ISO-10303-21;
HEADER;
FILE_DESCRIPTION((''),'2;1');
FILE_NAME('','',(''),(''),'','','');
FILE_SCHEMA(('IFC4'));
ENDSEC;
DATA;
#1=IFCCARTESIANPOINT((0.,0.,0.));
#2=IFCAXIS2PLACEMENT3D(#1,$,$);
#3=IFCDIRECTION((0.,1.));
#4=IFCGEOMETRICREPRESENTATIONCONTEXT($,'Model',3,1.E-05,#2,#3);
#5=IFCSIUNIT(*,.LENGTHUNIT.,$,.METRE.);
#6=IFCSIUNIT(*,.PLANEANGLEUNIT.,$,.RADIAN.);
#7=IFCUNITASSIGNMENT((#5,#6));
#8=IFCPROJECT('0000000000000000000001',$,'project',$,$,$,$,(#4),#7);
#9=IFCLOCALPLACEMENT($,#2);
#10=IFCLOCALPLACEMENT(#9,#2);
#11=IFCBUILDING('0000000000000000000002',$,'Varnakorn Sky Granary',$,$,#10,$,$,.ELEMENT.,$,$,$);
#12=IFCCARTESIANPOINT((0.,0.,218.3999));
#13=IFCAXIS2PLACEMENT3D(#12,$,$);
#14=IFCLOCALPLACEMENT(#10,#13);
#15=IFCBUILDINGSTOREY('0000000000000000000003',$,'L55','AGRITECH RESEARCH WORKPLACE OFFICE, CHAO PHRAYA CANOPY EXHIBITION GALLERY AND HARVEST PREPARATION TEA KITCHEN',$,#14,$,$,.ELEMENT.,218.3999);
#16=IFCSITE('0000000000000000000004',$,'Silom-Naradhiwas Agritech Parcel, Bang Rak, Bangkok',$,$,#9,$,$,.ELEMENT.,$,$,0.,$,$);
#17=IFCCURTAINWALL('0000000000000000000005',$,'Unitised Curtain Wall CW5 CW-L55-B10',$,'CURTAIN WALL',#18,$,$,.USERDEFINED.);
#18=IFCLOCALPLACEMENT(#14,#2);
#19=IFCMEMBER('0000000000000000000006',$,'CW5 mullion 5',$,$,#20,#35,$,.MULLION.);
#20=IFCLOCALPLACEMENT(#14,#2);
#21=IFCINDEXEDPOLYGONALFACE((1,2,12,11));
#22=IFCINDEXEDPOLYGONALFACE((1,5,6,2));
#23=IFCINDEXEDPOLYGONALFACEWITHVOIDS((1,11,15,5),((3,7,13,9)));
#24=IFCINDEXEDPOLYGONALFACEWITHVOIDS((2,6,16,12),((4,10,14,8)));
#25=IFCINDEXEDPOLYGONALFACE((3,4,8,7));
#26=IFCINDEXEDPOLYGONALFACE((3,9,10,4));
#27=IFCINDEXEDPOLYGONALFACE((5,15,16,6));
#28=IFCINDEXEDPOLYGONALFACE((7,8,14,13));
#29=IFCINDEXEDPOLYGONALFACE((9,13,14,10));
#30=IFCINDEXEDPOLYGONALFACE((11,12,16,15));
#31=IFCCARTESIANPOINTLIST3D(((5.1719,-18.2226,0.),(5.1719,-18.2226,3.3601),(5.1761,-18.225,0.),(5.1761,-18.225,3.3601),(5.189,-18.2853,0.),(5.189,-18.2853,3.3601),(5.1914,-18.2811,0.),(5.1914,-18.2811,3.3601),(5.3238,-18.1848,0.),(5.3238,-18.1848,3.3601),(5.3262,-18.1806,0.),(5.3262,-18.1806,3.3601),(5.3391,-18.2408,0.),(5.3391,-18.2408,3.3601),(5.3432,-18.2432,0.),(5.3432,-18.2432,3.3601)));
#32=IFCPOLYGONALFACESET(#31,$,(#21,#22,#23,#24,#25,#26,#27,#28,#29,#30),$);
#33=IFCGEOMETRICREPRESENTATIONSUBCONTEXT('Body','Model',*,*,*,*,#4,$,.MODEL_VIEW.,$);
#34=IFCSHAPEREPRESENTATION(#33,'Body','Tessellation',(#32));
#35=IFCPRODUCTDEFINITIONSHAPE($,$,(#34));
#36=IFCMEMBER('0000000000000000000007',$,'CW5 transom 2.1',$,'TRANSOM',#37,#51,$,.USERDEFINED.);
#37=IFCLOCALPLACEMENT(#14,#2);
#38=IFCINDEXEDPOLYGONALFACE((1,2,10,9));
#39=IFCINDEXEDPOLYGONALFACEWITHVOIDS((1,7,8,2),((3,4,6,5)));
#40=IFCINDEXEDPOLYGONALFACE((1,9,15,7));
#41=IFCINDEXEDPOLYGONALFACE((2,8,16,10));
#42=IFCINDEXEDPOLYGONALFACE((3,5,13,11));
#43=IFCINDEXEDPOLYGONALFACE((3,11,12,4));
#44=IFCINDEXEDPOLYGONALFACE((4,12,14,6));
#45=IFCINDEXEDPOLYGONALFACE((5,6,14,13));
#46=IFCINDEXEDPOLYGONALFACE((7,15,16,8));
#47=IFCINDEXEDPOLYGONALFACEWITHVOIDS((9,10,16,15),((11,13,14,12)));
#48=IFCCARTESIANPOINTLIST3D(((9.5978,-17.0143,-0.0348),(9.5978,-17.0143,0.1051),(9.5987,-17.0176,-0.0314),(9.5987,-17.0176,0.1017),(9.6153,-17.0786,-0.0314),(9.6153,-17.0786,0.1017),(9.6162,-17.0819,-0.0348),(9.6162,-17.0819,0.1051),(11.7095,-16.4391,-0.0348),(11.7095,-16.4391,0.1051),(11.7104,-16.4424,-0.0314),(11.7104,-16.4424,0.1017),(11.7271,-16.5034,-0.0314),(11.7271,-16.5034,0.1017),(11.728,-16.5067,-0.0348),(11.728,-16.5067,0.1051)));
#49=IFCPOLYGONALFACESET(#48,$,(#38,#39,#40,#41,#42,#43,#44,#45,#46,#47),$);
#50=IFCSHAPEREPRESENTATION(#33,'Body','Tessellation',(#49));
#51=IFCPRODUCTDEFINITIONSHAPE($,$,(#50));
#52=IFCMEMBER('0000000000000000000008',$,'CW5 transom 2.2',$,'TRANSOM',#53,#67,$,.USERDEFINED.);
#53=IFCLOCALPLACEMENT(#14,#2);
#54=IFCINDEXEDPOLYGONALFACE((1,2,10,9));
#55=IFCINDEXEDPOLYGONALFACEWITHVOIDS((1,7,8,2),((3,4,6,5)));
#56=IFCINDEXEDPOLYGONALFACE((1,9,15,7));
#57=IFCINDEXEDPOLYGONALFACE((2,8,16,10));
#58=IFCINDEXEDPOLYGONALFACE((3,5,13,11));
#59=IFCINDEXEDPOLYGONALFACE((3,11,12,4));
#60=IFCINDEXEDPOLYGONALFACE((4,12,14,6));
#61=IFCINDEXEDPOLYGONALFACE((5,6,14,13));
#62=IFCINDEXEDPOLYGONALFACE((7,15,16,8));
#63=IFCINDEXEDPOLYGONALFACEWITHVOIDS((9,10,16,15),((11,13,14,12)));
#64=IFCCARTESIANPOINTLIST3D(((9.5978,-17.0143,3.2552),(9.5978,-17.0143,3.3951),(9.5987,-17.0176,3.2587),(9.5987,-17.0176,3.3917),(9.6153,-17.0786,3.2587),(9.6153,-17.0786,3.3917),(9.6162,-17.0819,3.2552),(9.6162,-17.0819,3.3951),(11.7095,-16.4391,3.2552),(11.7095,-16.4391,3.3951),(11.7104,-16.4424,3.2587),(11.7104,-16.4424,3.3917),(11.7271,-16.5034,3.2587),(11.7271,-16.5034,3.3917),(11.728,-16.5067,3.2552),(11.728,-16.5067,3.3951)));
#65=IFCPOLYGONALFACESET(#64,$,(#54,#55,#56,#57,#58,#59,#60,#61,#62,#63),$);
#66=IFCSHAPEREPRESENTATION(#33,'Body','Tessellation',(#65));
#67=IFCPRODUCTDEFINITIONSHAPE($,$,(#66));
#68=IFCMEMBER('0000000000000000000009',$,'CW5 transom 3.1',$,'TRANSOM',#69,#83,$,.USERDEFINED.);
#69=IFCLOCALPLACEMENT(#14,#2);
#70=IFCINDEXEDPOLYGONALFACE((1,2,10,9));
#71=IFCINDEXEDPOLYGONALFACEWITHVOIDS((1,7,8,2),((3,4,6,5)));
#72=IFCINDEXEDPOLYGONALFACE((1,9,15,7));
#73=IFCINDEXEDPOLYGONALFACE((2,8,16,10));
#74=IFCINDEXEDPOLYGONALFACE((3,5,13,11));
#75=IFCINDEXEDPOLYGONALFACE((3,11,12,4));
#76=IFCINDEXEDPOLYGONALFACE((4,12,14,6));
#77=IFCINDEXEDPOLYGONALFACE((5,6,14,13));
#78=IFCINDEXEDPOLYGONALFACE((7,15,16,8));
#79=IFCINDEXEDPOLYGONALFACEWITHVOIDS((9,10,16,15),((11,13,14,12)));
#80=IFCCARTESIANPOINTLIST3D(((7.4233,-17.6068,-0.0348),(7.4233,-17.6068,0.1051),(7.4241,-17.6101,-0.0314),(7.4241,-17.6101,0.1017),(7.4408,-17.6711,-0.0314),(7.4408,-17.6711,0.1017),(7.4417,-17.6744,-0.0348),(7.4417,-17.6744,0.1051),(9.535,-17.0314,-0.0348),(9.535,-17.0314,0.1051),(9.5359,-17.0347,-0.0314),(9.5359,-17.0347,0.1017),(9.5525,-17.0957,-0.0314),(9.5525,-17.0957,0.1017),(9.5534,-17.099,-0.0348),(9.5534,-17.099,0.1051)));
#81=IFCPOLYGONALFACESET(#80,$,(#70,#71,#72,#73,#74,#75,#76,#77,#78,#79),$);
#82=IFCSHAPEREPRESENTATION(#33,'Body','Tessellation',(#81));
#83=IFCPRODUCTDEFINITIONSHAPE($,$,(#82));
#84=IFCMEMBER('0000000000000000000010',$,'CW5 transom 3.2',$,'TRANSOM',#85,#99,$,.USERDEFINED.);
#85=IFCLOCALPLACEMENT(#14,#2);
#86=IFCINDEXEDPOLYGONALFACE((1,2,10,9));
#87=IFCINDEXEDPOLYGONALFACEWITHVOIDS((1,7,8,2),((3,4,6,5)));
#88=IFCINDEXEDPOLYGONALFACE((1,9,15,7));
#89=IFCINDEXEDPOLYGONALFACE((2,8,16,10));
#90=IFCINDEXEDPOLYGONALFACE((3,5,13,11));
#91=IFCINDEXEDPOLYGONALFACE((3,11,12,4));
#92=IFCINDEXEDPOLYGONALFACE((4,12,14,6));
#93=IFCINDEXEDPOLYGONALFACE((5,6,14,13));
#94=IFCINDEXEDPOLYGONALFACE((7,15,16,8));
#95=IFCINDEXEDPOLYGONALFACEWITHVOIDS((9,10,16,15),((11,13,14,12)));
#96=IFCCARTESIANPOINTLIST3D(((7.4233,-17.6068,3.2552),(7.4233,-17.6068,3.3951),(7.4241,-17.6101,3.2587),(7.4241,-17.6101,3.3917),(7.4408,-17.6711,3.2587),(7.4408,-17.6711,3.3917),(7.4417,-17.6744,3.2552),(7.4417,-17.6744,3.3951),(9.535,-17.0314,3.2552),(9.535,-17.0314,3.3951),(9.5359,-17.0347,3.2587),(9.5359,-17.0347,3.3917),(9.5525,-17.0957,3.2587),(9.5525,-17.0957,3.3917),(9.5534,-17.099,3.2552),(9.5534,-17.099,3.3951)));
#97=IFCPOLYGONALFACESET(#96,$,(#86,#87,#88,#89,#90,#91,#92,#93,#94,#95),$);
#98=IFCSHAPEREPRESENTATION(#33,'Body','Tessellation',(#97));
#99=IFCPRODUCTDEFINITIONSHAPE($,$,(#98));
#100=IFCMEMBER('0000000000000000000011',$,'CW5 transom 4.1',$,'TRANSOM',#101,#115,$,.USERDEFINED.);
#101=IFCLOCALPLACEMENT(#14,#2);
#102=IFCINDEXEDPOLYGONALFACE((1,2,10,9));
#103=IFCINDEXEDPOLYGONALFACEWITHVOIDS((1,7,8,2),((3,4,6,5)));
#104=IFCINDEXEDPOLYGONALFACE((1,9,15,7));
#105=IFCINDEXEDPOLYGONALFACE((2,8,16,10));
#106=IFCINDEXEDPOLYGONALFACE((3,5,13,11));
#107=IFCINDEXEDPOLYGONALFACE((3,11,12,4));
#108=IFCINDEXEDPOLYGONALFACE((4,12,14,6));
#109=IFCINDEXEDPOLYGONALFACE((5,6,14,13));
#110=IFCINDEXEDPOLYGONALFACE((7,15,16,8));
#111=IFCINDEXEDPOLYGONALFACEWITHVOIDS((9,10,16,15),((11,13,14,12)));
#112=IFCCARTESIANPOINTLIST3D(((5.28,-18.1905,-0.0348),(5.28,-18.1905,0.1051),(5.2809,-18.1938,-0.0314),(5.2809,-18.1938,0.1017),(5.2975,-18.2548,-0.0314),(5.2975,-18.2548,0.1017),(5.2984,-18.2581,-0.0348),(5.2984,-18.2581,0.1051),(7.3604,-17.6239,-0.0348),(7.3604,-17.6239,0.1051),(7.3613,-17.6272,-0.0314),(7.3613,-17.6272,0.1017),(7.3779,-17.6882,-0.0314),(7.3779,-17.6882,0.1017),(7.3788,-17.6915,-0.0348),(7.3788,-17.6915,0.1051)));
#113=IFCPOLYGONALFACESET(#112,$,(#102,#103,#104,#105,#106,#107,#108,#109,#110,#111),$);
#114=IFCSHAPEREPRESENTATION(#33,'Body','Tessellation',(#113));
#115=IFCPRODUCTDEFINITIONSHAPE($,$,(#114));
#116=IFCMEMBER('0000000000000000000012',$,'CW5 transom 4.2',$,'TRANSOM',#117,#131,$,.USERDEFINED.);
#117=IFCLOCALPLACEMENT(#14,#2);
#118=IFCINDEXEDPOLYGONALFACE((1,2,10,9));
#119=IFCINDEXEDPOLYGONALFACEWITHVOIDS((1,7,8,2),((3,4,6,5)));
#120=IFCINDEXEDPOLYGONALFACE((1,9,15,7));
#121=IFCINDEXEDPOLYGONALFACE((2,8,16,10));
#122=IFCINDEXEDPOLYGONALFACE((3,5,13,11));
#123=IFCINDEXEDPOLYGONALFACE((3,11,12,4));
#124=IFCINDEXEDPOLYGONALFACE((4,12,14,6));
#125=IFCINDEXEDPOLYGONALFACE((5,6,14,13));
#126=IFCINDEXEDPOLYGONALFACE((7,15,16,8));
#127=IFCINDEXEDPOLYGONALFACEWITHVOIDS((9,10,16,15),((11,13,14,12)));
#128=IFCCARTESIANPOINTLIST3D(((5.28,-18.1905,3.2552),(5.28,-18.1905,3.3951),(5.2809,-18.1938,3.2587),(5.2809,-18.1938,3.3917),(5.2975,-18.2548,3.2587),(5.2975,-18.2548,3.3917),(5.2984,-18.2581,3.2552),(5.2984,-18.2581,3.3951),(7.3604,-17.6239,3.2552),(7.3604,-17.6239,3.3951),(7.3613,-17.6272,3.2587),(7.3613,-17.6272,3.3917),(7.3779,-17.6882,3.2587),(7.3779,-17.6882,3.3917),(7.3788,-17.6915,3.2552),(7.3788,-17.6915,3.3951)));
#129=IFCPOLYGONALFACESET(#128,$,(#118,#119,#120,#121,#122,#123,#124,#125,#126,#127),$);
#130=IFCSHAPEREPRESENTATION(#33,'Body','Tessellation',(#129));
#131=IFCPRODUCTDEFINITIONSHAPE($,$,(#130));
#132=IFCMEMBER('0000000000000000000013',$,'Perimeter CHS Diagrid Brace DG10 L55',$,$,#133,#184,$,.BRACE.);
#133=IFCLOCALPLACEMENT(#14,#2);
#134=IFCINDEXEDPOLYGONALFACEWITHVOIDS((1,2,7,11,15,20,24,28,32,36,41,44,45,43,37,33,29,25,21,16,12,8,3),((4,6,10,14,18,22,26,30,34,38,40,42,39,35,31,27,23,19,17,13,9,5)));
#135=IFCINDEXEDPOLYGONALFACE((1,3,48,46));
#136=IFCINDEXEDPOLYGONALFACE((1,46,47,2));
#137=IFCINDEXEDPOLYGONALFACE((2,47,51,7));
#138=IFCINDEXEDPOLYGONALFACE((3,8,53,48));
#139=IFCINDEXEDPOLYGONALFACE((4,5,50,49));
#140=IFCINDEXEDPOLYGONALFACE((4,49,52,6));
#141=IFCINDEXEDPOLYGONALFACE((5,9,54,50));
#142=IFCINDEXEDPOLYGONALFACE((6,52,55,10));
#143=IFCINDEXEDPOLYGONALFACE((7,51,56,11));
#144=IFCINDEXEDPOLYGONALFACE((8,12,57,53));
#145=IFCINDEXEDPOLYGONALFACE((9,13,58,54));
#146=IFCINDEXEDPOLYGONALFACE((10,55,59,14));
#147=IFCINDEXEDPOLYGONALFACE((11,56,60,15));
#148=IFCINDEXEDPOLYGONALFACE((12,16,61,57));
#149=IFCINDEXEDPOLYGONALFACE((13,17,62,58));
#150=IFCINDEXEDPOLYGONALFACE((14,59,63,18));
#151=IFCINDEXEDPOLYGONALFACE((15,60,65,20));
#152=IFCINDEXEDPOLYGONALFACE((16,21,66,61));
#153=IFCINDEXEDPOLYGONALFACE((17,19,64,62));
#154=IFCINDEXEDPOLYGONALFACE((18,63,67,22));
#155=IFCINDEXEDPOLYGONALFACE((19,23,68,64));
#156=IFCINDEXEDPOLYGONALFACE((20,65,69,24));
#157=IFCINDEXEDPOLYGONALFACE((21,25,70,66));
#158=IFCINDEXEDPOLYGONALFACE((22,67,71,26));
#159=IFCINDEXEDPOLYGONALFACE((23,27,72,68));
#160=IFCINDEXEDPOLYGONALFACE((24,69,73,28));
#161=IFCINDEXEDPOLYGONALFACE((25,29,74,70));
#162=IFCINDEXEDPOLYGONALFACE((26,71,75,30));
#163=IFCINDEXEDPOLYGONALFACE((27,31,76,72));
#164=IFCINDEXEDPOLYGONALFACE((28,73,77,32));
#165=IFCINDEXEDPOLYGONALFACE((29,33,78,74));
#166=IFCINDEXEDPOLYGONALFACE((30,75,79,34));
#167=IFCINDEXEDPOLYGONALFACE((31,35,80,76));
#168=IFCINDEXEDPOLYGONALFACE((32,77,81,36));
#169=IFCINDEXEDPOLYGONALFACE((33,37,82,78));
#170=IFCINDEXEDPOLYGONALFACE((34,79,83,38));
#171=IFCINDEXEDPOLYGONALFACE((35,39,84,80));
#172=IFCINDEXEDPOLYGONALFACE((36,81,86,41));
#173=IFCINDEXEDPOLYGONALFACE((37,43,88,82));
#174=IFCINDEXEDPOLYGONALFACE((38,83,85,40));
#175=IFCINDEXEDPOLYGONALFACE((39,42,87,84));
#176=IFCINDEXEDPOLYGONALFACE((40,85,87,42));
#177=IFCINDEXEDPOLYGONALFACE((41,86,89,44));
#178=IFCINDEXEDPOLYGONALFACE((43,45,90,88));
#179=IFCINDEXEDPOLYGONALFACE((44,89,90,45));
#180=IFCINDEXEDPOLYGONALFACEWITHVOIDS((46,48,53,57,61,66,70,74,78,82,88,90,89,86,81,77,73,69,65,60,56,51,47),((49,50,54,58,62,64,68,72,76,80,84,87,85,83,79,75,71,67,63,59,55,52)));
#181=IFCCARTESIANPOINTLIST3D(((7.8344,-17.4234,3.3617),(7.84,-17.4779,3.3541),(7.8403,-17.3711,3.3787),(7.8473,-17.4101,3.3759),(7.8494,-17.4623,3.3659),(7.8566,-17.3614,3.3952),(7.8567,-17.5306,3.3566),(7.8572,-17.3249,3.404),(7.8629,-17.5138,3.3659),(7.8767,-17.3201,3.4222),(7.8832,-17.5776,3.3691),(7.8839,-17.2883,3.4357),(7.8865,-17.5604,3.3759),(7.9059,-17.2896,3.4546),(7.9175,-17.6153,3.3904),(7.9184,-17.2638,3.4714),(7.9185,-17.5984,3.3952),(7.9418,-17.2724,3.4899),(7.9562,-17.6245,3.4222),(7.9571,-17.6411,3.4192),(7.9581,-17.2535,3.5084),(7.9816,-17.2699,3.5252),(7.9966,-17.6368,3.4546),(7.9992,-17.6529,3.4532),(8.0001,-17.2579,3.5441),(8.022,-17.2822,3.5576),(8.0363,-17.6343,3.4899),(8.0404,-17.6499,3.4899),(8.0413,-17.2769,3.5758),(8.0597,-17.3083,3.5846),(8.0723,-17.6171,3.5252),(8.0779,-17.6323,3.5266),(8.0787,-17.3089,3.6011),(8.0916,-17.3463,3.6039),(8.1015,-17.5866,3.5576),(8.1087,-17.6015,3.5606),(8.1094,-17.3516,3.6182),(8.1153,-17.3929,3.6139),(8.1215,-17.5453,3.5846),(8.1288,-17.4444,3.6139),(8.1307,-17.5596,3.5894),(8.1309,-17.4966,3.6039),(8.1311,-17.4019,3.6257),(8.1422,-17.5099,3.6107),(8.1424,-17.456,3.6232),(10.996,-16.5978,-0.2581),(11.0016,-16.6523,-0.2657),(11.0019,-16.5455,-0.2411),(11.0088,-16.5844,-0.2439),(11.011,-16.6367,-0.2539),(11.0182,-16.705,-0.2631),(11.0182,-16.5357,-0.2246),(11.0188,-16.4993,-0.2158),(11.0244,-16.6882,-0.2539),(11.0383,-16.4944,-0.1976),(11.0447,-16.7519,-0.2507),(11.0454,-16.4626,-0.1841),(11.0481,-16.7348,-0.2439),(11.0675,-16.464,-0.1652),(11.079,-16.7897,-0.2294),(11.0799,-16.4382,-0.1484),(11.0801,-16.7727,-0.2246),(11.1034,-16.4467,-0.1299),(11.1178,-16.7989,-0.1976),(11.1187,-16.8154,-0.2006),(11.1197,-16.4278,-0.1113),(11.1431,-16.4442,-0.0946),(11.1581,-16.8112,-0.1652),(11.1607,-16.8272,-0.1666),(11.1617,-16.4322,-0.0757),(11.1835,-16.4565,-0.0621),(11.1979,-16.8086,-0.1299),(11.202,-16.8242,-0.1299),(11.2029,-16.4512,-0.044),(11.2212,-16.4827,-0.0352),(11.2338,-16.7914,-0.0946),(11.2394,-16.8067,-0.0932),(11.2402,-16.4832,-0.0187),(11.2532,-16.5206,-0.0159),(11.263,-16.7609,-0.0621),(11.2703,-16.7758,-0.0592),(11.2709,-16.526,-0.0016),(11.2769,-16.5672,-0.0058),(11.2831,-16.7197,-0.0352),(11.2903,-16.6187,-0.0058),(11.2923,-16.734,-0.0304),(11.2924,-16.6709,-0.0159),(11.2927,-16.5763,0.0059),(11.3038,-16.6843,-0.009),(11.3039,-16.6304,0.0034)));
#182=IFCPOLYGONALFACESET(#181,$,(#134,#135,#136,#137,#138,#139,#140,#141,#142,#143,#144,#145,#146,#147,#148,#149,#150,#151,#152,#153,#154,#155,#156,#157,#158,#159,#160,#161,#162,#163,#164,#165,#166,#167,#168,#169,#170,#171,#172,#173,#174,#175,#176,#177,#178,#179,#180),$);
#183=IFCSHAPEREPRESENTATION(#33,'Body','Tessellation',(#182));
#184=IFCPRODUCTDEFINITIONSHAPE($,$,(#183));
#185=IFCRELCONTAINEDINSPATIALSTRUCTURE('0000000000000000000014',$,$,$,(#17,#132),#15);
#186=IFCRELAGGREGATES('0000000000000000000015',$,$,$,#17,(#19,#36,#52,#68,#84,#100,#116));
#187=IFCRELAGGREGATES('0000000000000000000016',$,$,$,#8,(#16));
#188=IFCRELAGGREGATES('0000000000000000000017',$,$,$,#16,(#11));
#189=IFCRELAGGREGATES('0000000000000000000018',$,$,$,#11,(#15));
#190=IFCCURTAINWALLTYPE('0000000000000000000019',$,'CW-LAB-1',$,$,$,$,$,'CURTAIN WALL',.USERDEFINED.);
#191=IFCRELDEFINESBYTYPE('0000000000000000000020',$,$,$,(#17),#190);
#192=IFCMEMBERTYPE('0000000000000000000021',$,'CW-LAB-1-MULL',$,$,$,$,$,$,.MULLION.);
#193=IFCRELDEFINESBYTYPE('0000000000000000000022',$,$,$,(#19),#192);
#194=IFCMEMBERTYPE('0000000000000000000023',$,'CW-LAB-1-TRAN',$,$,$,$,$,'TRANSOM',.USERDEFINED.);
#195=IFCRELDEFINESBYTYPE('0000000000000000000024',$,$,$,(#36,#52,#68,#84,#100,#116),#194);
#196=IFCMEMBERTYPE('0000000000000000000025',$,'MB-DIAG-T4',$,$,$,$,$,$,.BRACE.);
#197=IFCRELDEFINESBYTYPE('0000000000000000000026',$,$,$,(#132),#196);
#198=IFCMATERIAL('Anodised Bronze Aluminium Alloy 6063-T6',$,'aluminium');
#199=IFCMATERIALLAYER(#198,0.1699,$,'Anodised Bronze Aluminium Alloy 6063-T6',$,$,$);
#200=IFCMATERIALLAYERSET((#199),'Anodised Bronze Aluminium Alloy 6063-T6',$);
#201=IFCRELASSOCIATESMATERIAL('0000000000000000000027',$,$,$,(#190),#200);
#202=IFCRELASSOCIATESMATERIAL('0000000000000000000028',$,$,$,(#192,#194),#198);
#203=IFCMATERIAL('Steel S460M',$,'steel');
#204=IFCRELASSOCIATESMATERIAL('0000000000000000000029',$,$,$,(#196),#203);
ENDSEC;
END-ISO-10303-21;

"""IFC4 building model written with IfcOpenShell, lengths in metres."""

from ifc_helpers import new_model, si_unit, direction, frame, origin, origin_2d, place, context, subcontext, project, spatial, hollow_rectangle, hollow_circle, extrude, material, layer, layer_set, material_profile, profile_set, type_object, element, aggregate, save


model = new_model("IFC4")

# Units and contexts
model_context = context("Model", 3, precision=1e-05, world=origin(), true_north=direction((0.0, 1.0)))
body_context = subcontext(model_context, "Body", "Model", "MODEL_VIEW")
ifc_project = project(units=[si_unit("LENGTHUNIT", "METRE"), si_unit("PLANEANGLEUNIT", "RADIAN")], contexts=[model_context])

# Site, building, storey
site_placement = place(None, origin())
site = spatial("IfcSite", under=ifc_project, at=site_placement, Name="Silom-Naradhiwas Agritech Parcel, Bang Rak, Bangkok", CompositionType="ELEMENT", RefElevation=0.0)
building_placement = place(site_placement, origin())
building = spatial("IfcBuilding", under=site, at=building_placement, Name="Varnakorn Sky Granary", CompositionType="ELEMENT")
storey_placement = place(building_placement, frame((0.0, 0.0, 218.3999)))
storey = spatial("IfcBuildingStorey", under=building, at=storey_placement, Name="L55", Description="AGRITECH RESEARCH WORKPLACE OFFICE, CHAO PHRAYA CANOPY EXHIBITION GALLERY AND HARVEST PREPARATION TEA KITCHEN", CompositionType="ELEMENT", Elevation=218.3999)

# Shared definitions
ifc_material_1 = material(Name="Steel S460M", Category="steel")

# Curtain wall, members
ifc_material_2 = material(Name="Anodised Bronze Aluminium Alloy 6063-T6", Category="aluminium")
ifc_layer_1 = layer(ifc_material_2, 0.1699, Name="Anodised Bronze Aluminium Alloy 6063-T6")
ifc_layer_set_1 = layer_set([ifc_layer_1], Name="Anodised Bronze Aluminium Alloy 6063-T6")
curtain_wall_type = type_object("IfcCurtainWallType", Name="CW-LAB-1", ElementType="CURTAIN WALL", PredefinedType="USERDEFINED", material=ifc_layer_set_1)
curtain_wall_placement = place(storey_placement, origin())
curtain_wall = element("IfcCurtainWall", 1, at=curtain_wall_placement, inside=storey, type_object=curtain_wall_type, Name="Unitised Curtain Wall CW5 CW-L55-B10", ObjectType="CURTAIN WALL", PredefinedType="USERDEFINED")
ifc_material_profile_1 = material_profile(ifc_material_2, hollow_rectangle(XDim=0.0649, YDim=0.1599, WallThickness=0.0034, at=origin_2d()), Name="ALU MULL 65x160")
ifc_profile_set_1 = profile_set([ifc_material_profile_1], Name="Anodised Bronze Aluminium Alloy 6063-T6")
member_type_1 = type_object("IfcMemberType", Name="CW-LAB-1-MULL", PredefinedType="MULLION", material=ifc_profile_set_1)
member_1_placement = place(storey_placement, frame((5.2576, -18.2329, 0.0), z_axis=(0.0, 0.0, 1.0), x_axis=(0.262829, -0.964842, 0.0)))
member_1 = element("IfcMember", 2, at=member_1_placement, type_object=member_type_1, Name="CW5 mullion 5", PredefinedType="MULLION", context=body_context, shape_type="SweptSolid", body=[
    extrude(hollow_rectangle(XDim=0.0649, YDim=0.1599, WallThickness=0.0034, at=origin_2d()), origin(), (0.0, 0.0, 1.0), 3.3601),
])
ifc_material_profile_2 = material_profile(ifc_material_2, hollow_rectangle(XDim=0.0701, YDim=0.1399, WallThickness=0.0034, at=origin_2d()), Name="ALU TRAN 70x140")
ifc_profile_set_2 = profile_set([ifc_material_profile_2], Name="Anodised Bronze Aluminium Alloy 6063-T6")
member_type_2 = type_object("IfcMemberType", Name="CW-LAB-1-TRAN", ElementType="TRANSOM", PredefinedType="USERDEFINED", material=ifc_profile_set_2)
member_2_placement = place(storey_placement, frame((11.7188, -16.4729, 0.0352), z_axis=(-0.964851, -0.262796, 0.0), x_axis=(0.262796, -0.964851, 0.0)))
member_2 = element("IfcMember", 3, at=member_2_placement, type_object=member_type_2, Name="CW5 transom 2.1", ObjectType="TRANSOM", PredefinedType="USERDEFINED", context=body_context, shape_type="SweptSolid", body=[
    extrude(hollow_rectangle(XDim=0.0701, YDim=0.1399, WallThickness=0.0034, at=origin_2d()), origin(), (0.0, 0.0, 1.0), 2.1887),
])
member_3_placement = place(storey_placement, frame((11.7188, -16.4729, 3.3252), z_axis=(-0.964851, -0.262796, 0.0), x_axis=(0.262796, -0.964851, 0.0)))
member_3 = element("IfcMember", 4, at=member_3_placement, type_object=member_type_2, Name="CW5 transom 2.2", ObjectType="TRANSOM", PredefinedType="USERDEFINED", context=body_context, shape_type="SweptSolid", body=[
    extrude(hollow_rectangle(XDim=0.0701, YDim=0.1399, WallThickness=0.0034, at=origin_2d()), origin(), (0.0, 0.0, 1.0), 2.1887),
])
member_4_placement = place(storey_placement, frame((9.5442, -17.0652, 0.0352), z_axis=(-0.964823, -0.2629, 0.0), x_axis=(0.2629, -0.964823, 0.0)))
member_4 = element("IfcMember", 5, at=member_4_placement, type_object=member_type_2, Name="CW5 transom 3.1", ObjectType="TRANSOM", PredefinedType="USERDEFINED", context=body_context, shape_type="SweptSolid", body=[
    extrude(hollow_rectangle(XDim=0.0701, YDim=0.1399, WallThickness=0.0034, at=origin_2d()), origin(), (0.0, 0.0, 1.0), 2.1887),
])
member_5_placement = place(storey_placement, frame((9.5442, -17.0652, 3.3252), z_axis=(-0.964823, -0.2629, 0.0), x_axis=(0.2629, -0.964823, 0.0)))
member_5 = element("IfcMember", 6, at=member_5_placement, type_object=member_type_2, Name="CW5 transom 3.2", ObjectType="TRANSOM", PredefinedType="USERDEFINED", context=body_context, shape_type="SweptSolid", body=[
    extrude(hollow_rectangle(XDim=0.0701, YDim=0.1399, WallThickness=0.0034, at=origin_2d()), origin(), (0.0, 0.0, 1.0), 2.1887),
])
member_6_placement = place(storey_placement, frame((7.3696, -17.6577, 0.0352), z_axis=(-0.964855, -0.262782, 0.0), x_axis=(0.262782, -0.964855, 0.0)))
member_6 = element("IfcMember", 7, at=member_6_placement, type_object=member_type_2, Name="CW5 transom 4.1", ObjectType="TRANSOM", PredefinedType="USERDEFINED", context=body_context, shape_type="SweptSolid", body=[
    extrude(hollow_rectangle(XDim=0.0701, YDim=0.1399, WallThickness=0.0034, at=origin_2d()), origin(), (0.0, 0.0, 1.0), 2.1562),
])
member_7_placement = place(storey_placement, frame((7.3696, -17.6577, 3.3252), z_axis=(-0.964855, -0.262782, 0.0), x_axis=(0.262782, -0.964855, 0.0)))
member_7 = element("IfcMember", 8, at=member_7_placement, type_object=member_type_2, Name="CW5 transom 4.2", ObjectType="TRANSOM", PredefinedType="USERDEFINED", context=body_context, shape_type="SweptSolid", body=[
    extrude(hollow_rectangle(XDim=0.0701, YDim=0.1399, WallThickness=0.0034, at=origin_2d()), origin(), (0.0, 0.0, 1.0), 2.1562),
])

# Member
ifc_material_profile_3 = material_profile(ifc_material_1, hollow_circle(Radius=0.2031, WallThickness=0.0161, at=origin_2d()), Name="CHS 406.4x16")
ifc_profile_set_3 = profile_set([ifc_material_profile_3], Name="Steel S460M")
member_type_3 = type_object("IfcMemberType", Name="MB-DIAG-T4", PredefinedType="BRACE", material=ifc_profile_set_3)
member_8_placement = place(storey_placement, frame((11.1506, -16.6277, -0.1299), z_axis=(-0.648327, -0.169316, 0.742297), x_axis=(0.252683, -0.967549, 0.0)))
element("IfcMember", 9, at=member_8_placement, inside=storey, type_object=member_type_3, Name="Perimeter CHS Diagrid Brace DG10 L55", PredefinedType="BRACE", context=body_context, shape_type="SweptSolid", body=[
    extrude(hollow_circle(Radius=0.2031, WallThickness=0.0161, at=origin_2d()), origin(), (0.0, 0.0, 1.0), 4.8765),
])

aggregate(curtain_wall, [member_1, member_2, member_3, member_4, member_5, member_6, member_7])

save(model, "model.ifc")
